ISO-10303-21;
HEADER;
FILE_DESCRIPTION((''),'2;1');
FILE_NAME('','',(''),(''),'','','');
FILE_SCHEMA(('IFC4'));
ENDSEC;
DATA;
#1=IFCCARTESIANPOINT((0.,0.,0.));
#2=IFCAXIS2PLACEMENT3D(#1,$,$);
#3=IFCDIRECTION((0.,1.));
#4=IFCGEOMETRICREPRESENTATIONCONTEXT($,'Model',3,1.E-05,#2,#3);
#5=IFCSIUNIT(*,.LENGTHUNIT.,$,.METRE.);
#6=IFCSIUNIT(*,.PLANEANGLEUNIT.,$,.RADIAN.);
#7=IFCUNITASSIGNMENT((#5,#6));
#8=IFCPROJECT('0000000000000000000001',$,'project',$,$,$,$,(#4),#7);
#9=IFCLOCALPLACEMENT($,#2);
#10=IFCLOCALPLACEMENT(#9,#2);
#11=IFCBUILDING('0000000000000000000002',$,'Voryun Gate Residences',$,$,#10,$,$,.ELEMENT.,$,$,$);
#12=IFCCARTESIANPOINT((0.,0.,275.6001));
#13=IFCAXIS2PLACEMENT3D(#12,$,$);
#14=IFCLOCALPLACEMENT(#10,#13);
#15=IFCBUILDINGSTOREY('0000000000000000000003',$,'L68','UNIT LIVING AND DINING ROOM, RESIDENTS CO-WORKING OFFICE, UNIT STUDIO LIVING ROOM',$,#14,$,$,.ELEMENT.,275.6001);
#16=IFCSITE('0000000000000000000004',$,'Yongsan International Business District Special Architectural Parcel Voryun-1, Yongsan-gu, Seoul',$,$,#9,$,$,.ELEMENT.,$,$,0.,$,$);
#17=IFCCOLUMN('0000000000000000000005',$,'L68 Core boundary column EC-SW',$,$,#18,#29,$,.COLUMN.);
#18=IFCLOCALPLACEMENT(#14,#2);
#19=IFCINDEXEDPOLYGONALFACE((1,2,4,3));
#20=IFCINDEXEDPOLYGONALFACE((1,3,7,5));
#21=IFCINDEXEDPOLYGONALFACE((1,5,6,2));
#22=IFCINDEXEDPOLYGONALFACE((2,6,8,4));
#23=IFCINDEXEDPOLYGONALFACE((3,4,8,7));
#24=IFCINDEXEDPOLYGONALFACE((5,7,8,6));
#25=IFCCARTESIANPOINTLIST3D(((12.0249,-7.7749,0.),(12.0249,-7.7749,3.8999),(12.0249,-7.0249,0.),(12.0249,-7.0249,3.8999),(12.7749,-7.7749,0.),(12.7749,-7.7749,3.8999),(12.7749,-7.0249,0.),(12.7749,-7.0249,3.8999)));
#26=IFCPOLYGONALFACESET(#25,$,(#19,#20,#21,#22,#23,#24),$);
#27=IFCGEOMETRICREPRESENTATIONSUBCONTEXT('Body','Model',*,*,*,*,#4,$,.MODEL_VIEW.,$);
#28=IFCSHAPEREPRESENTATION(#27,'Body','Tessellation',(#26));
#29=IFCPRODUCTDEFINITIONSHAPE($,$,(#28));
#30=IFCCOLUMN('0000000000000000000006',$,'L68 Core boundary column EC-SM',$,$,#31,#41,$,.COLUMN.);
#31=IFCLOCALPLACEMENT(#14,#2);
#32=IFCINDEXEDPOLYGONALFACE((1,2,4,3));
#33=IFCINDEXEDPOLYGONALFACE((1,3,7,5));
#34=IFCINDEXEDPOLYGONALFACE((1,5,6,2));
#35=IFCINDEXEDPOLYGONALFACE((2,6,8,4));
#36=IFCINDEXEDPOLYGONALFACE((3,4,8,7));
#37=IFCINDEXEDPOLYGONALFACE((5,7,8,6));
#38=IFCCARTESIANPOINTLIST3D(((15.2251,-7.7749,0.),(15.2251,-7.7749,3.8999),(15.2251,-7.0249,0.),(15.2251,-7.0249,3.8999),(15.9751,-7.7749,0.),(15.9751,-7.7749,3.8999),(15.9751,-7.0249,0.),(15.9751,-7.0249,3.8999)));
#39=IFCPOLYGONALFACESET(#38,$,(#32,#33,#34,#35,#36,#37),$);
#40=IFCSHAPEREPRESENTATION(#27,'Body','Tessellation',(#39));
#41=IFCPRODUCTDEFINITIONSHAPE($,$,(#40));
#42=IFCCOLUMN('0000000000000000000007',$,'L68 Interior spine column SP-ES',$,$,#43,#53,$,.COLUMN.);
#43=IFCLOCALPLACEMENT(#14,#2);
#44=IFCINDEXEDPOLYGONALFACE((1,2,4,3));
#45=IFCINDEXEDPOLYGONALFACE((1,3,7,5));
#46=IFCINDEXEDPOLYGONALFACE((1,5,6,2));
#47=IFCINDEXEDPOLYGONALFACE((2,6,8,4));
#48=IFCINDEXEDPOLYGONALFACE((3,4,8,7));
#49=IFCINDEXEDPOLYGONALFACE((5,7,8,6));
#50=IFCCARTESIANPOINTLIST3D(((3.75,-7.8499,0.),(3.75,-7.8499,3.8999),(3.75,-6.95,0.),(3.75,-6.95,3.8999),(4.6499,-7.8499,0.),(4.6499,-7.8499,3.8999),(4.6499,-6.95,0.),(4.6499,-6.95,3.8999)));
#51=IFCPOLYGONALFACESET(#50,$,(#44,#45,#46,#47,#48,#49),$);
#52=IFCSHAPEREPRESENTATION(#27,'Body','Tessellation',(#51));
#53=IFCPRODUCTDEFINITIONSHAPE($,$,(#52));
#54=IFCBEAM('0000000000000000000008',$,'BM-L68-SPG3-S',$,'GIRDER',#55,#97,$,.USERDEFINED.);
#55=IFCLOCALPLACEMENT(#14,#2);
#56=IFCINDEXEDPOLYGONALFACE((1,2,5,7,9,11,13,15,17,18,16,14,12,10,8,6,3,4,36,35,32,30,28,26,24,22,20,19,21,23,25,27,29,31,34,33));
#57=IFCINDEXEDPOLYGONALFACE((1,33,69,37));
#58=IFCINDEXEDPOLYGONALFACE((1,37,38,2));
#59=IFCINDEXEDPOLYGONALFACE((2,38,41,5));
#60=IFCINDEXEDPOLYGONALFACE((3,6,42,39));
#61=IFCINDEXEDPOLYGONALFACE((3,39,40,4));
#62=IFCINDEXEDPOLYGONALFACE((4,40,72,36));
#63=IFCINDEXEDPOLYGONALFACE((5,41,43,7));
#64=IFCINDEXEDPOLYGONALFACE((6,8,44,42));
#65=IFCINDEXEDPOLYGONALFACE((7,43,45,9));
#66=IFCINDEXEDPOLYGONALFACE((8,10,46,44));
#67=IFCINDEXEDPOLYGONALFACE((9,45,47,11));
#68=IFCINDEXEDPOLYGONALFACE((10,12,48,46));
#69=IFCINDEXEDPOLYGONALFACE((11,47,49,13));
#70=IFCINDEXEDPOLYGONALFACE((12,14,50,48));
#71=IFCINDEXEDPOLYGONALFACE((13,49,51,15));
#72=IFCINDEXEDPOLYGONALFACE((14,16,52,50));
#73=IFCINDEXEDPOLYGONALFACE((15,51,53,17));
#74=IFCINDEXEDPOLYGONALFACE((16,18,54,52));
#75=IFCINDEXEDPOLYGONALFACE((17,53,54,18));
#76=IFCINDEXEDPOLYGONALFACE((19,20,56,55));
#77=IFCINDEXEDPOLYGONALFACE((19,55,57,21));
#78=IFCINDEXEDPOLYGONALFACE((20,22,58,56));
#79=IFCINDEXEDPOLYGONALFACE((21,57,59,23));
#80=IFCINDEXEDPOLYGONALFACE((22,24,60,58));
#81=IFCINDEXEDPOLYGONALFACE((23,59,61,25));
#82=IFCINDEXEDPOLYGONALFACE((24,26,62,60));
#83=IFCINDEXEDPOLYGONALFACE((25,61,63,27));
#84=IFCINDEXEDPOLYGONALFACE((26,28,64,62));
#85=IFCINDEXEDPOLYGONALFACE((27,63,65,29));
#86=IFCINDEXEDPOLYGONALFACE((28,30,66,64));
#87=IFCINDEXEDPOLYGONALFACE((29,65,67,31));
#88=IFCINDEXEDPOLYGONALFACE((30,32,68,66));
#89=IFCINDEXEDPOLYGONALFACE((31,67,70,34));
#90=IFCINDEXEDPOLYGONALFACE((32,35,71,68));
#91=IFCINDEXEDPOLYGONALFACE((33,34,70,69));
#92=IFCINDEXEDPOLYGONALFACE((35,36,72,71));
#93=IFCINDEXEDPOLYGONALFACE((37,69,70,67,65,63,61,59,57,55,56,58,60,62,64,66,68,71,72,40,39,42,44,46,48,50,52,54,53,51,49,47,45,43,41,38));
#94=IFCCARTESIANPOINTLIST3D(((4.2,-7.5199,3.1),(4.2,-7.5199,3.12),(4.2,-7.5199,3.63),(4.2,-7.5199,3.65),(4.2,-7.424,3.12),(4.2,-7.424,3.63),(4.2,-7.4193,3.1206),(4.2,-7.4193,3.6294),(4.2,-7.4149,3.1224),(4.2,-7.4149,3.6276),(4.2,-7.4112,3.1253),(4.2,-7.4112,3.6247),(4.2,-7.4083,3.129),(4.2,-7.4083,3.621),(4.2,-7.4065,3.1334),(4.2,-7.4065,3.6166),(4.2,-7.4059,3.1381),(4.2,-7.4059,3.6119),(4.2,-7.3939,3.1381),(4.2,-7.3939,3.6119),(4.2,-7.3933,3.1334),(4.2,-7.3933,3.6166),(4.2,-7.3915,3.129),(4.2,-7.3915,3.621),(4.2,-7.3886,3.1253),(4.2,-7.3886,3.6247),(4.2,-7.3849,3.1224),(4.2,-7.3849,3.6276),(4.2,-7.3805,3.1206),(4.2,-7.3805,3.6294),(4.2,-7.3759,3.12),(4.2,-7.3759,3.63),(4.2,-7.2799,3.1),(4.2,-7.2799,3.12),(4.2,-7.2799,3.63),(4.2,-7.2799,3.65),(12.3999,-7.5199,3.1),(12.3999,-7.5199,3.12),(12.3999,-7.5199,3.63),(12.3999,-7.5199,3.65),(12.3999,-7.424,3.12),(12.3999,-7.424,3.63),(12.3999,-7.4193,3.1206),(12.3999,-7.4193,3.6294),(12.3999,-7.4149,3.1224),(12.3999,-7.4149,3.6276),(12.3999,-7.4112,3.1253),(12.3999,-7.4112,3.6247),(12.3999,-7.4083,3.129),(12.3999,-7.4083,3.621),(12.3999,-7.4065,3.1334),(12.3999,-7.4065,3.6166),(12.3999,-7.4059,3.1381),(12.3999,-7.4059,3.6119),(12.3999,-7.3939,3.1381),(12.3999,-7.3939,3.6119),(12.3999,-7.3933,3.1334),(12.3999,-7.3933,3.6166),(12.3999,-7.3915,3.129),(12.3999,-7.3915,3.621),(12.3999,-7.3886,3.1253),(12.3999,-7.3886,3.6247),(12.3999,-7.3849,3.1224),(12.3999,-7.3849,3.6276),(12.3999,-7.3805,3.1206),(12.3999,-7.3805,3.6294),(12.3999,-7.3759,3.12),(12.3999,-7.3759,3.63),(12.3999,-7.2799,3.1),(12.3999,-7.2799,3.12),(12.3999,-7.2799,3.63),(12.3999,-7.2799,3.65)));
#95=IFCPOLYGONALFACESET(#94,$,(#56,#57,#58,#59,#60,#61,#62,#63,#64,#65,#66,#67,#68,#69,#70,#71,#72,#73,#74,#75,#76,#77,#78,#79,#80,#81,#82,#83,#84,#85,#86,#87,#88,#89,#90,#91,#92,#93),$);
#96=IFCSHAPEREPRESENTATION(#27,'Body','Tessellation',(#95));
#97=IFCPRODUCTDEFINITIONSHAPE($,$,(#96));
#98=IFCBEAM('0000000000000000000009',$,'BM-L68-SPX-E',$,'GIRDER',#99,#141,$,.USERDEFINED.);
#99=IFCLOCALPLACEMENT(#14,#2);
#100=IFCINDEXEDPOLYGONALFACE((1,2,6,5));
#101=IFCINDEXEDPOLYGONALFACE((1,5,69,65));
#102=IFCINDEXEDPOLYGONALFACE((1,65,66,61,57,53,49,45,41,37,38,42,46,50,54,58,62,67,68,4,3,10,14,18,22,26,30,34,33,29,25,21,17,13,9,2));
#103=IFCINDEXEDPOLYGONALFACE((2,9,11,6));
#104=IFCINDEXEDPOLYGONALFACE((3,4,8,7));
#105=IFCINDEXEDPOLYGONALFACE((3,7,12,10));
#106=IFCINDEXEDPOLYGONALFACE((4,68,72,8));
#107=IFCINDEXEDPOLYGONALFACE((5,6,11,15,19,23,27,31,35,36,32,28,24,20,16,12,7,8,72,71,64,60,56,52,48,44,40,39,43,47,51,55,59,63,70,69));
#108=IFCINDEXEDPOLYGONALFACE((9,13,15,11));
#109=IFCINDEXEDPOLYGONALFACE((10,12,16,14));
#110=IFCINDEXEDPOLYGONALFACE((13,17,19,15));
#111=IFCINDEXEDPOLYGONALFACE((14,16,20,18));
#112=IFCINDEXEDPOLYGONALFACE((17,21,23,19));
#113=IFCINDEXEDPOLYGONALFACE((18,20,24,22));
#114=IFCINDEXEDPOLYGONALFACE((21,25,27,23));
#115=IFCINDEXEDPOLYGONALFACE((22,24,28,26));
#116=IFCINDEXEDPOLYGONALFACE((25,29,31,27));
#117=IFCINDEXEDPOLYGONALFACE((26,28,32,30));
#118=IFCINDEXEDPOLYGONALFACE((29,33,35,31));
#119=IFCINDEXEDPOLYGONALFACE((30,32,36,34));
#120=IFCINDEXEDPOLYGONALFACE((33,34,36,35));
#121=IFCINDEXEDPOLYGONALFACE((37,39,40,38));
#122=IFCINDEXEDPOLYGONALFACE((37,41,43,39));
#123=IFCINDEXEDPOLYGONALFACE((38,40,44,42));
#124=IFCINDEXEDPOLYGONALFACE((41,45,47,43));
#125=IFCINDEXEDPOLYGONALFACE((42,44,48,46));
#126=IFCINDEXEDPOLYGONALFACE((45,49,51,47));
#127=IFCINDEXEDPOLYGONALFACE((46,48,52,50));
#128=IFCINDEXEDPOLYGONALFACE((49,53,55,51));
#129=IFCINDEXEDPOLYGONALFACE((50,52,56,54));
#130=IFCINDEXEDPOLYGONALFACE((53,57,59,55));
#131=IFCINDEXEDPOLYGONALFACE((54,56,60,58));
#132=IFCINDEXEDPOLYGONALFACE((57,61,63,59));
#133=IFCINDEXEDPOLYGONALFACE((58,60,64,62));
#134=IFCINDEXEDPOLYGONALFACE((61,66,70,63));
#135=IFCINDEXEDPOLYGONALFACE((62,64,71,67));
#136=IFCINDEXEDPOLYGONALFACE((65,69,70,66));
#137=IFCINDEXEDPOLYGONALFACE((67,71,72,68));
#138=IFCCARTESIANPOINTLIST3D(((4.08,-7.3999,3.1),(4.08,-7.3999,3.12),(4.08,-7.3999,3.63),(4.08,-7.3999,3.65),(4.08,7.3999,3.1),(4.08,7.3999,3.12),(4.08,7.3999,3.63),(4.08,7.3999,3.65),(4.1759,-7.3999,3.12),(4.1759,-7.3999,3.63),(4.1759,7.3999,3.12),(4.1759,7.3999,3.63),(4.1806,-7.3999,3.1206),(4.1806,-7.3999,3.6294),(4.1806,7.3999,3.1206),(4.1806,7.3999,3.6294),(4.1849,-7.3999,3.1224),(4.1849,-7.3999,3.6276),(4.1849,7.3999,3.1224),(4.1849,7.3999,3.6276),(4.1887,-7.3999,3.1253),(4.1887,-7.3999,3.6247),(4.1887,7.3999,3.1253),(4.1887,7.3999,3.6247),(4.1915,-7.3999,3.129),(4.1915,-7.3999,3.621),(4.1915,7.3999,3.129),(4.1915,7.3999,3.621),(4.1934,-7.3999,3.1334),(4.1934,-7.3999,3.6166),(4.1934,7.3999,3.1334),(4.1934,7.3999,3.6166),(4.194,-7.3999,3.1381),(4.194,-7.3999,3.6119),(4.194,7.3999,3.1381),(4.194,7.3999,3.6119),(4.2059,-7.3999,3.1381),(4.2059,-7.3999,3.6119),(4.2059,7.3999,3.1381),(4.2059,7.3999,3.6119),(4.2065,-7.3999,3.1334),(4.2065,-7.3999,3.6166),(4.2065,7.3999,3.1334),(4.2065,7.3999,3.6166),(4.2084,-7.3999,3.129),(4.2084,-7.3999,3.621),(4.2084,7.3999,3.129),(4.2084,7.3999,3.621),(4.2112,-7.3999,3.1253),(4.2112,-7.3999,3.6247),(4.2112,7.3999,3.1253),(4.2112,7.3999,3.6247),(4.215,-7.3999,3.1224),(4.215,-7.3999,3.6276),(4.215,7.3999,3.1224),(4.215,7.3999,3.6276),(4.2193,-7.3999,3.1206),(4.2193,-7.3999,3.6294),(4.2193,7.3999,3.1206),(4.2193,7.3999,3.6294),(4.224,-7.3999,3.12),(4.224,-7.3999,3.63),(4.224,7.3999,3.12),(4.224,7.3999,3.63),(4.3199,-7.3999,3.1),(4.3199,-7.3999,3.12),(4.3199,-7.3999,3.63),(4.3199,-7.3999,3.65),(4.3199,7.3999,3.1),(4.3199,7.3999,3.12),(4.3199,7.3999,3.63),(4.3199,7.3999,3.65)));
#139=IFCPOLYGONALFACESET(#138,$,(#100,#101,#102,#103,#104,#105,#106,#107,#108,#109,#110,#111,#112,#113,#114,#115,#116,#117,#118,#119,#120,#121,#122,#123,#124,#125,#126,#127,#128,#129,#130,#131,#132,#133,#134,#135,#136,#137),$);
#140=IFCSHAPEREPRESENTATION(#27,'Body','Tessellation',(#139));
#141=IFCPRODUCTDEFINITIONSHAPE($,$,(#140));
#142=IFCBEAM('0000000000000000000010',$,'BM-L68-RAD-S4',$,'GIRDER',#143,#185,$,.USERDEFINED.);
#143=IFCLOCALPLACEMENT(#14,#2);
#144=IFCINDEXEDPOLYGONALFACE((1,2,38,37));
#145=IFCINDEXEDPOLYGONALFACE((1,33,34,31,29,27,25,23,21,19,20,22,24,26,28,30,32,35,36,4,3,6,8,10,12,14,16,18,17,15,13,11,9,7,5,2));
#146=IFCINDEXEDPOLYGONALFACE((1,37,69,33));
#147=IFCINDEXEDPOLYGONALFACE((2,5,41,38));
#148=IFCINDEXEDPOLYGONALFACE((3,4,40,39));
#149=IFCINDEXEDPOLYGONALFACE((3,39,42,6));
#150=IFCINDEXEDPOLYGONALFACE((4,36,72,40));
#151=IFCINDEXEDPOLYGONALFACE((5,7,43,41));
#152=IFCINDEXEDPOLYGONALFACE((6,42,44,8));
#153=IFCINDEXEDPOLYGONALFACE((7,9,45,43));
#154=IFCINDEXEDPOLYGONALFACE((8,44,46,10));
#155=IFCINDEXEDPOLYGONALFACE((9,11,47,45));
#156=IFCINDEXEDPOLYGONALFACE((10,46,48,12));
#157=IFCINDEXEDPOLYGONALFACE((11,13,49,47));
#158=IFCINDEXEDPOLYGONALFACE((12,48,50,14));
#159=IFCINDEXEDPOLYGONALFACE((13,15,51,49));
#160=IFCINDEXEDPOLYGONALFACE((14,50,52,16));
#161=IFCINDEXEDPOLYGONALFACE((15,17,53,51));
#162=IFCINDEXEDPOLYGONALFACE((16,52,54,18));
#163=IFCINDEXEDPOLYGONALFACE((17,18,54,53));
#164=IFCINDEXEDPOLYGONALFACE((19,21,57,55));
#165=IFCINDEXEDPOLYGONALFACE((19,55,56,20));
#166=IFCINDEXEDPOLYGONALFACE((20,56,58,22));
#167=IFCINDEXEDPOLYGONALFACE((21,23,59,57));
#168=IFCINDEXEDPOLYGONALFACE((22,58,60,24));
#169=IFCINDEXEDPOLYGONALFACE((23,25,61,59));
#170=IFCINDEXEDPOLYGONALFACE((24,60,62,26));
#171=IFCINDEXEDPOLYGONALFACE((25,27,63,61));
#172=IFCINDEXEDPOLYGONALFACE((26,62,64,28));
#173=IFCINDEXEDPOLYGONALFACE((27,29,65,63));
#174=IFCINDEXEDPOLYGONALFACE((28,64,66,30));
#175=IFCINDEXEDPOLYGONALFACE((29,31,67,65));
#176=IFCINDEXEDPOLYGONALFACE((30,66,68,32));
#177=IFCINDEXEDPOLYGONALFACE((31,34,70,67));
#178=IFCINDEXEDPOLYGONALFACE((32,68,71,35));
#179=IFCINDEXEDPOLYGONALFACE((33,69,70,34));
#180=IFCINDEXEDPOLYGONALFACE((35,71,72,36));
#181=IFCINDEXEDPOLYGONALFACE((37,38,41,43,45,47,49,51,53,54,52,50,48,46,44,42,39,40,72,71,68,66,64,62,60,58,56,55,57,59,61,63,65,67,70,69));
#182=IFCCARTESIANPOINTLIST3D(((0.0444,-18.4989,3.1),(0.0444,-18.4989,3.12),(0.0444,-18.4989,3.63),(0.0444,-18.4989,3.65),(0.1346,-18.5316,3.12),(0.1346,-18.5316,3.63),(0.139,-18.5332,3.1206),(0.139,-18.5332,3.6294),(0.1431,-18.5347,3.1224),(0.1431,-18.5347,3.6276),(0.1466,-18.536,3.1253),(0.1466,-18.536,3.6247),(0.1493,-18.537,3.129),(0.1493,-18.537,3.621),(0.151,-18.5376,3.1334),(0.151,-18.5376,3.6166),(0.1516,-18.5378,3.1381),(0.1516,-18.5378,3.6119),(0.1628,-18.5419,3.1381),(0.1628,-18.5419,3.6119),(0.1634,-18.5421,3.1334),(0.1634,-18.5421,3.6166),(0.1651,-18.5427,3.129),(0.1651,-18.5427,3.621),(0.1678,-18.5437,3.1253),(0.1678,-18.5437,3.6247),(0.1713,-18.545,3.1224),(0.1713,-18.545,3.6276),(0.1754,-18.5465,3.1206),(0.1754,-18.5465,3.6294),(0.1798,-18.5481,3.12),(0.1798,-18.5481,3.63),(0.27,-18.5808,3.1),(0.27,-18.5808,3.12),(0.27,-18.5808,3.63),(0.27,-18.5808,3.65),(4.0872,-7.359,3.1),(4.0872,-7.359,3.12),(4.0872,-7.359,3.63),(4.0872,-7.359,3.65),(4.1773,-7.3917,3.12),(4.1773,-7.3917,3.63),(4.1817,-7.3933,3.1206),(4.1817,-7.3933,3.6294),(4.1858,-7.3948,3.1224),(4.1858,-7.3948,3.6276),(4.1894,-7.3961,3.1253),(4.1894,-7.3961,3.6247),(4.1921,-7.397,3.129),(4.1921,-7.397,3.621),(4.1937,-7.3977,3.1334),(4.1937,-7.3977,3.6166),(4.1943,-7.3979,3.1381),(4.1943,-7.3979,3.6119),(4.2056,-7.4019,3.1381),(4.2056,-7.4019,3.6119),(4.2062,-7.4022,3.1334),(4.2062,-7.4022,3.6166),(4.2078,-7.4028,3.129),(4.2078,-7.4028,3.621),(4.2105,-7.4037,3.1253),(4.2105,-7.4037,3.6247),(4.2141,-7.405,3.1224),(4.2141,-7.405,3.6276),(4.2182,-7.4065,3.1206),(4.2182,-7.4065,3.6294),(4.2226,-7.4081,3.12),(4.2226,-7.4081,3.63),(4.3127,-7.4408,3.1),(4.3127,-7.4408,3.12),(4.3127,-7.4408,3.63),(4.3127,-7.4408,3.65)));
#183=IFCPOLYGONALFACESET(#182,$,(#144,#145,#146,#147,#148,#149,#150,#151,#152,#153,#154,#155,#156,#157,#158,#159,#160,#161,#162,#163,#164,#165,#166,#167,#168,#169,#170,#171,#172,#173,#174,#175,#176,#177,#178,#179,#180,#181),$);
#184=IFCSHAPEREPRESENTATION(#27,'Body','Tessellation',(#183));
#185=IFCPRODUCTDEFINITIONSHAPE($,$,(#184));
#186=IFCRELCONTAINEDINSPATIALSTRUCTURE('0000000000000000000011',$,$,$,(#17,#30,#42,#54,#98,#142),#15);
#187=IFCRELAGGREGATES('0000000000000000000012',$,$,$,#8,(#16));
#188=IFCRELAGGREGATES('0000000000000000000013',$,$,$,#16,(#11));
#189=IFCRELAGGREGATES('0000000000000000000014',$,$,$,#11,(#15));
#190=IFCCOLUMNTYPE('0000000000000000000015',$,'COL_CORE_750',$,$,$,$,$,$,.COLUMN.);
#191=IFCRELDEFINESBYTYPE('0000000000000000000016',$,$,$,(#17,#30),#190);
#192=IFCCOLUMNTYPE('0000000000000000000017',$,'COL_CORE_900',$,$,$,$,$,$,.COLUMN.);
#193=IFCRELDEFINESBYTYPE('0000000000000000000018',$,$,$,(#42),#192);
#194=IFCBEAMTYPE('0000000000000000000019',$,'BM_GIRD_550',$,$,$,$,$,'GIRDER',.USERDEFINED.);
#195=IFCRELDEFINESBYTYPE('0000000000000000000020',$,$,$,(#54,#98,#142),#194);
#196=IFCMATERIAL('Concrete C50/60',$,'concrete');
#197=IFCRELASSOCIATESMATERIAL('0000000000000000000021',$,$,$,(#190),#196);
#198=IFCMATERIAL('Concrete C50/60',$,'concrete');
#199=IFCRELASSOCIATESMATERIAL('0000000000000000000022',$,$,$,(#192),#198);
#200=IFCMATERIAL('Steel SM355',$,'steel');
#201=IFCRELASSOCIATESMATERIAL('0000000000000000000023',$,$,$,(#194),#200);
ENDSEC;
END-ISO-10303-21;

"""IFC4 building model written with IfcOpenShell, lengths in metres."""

from ifc_helpers import new_model, si_unit, direction, frame, origin, origin_2d, place, context, subcontext, project, spatial, rectangle, i_section, extrude, material, material_profile, profile_set, type_object, element, save


model = new_model("IFC4")

# Units and contexts
model_context = context("Model", 3, precision=1e-05, world=origin(), true_north=direction((0.0, 1.0)))
body_context = subcontext(model_context, "Body", "Model", "MODEL_VIEW")
ifc_project = project(units=[si_unit("LENGTHUNIT", "METRE"), si_unit("PLANEANGLEUNIT", "RADIAN")], contexts=[model_context])

# Site, building, storey
site_placement = place(None, origin())
site = spatial("IfcSite", under=ifc_project, at=site_placement, Name="Yongsan International Business District Special Architectural Parcel Voryun-1, Yongsan-gu, Seoul", CompositionType="ELEMENT", RefElevation=0.0)
building_placement = place(site_placement, origin())
building = spatial("IfcBuilding", under=site, at=building_placement, Name="Voryun Gate Residences", CompositionType="ELEMENT")
storey_placement = place(building_placement, frame((0.0, 0.0, 275.6001)))
storey = spatial("IfcBuildingStorey", under=building, at=storey_placement, Name="L68", Description="UNIT LIVING AND DINING ROOM, RESIDENTS CO-WORKING OFFICE, UNIT STUDIO LIVING ROOM", CompositionType="ELEMENT", Elevation=275.6001)

# Columns
ifc_material_1 = material(Name="Concrete C50/60", Category="concrete")
ifc_material_profile_1 = material_profile(ifc_material_1, rectangle(XDim=0.75, YDim=0.75, at=origin_2d()), Name="RC-750x750")
ifc_profile_set_1 = profile_set([ifc_material_profile_1], Name="Concrete C50/60")
column_type_1 = type_object("IfcColumnType", Name="COL_CORE_750", PredefinedType="COLUMN", material=ifc_profile_set_1)
for number, where, z_axis, x_axis, name in (
    (1, (12.3999, -7.3999, 0.0), (0.0, 0.0, 1.0), (1.0, 0.0, 0.0), "L68 Core boundary column EC-SW"),
    (2, (15.6001, -7.3999, 0.0), (0.0, 0.0, 1.0), (1.0, 0.0, 0.0), "L68 Core boundary column EC-SM"),
):
    element("IfcColumn", number, at=place(storey_placement, frame(where, z_axis=z_axis, x_axis=x_axis)), inside=storey, type_object=column_type_1, Name=name, PredefinedType="COLUMN", context=body_context, shape_type="SweptSolid", body=[
        extrude(rectangle(XDim=0.75, YDim=0.75, at=origin_2d()), origin(), (0.0, 0.0, 1.0), 3.8999),
    ])
ifc_material_2 = material(Name="Concrete C50/60", Category="concrete")
ifc_material_profile_2 = material_profile(ifc_material_2, rectangle(XDim=0.8999, YDim=0.8999, at=origin_2d()), Name="RC-900x900")
ifc_profile_set_2 = profile_set([ifc_material_profile_2], Name="Concrete C50/60")
column_type_2 = type_object("IfcColumnType", Name="COL_CORE_900", PredefinedType="COLUMN", material=ifc_profile_set_2)
column_placement = place(storey_placement, frame((4.2, -7.3999, 0.0), z_axis=(0.0, 0.0, 1.0), x_axis=(1.0, 0.0, 0.0)))
element("IfcColumn", 3, at=column_placement, inside=storey, type_object=column_type_2, Name="L68 Interior spine column SP-ES", PredefinedType="COLUMN", context=body_context, shape_type="SweptSolid", body=[
    extrude(rectangle(XDim=0.8999, YDim=0.8999, at=origin_2d()), origin(), (0.0, 0.0, 1.0), 3.8999),
])

# Beams
ifc_material_3 = material(Name="Steel SM355", Category="steel")
ifc_material_profile_3 = material_profile(ifc_material_3, i_section(OverallWidth=0.24, OverallDepth=0.55, WebThickness=0.012, FlangeThickness=0.02, FilletRadius=0.0181, at=origin_2d()), Name="H-550x240x12x20")
ifc_profile_set_3 = profile_set([ifc_material_profile_3], Name="Steel SM355")
beam_type_1 = type_object("IfcBeamType", Name="BM_GIRD_550", ElementType="GIRDER", PredefinedType="USERDEFINED", material=ifc_profile_set_3)
beam_1_placement = place(storey_placement, frame((4.2, -7.3999, 3.375), z_axis=(1.0, 0.0, 0.0), x_axis=(0.0, 1.0, 0.0)))
element("IfcBeam", 4, at=beam_1_placement, inside=storey, type_object=beam_type_1, Name="BM-L68-SPG3-S", ObjectType="GIRDER", PredefinedType="USERDEFINED", context=body_context, shape_type="SweptSolid", body=[
    extrude(i_section(OverallWidth=0.24, OverallDepth=0.55, WebThickness=0.012, FlangeThickness=0.02, FilletRadius=0.0181, at=origin_2d()), origin(), (0.0, 0.0, 1.0), 8.2),
])
beam_2_placement = place(storey_placement, frame((4.2, -7.3999, 3.375), z_axis=(0.0, 1.0, 0.0), x_axis=(-1.0, 0.0, 0.0)))
element("IfcBeam", 5, at=beam_2_placement, inside=storey, type_object=beam_type_1, Name="BM-L68-SPX-E", ObjectType="GIRDER", PredefinedType="USERDEFINED", context=body_context, shape_type="SweptSolid", body=[
    extrude(i_section(OverallWidth=0.24, OverallDepth=0.55, WebThickness=0.012, FlangeThickness=0.02, FilletRadius=0.0181, at=origin_2d()), origin(), (0.0, 0.0, 1.0), 14.7998),
])
beam_3_placement = place(storey_placement, frame((4.2, -7.3999, 3.375), z_axis=(-0.341136, -0.940014, 0.0), x_axis=(0.940014, -0.341136, 0.0)))
element("IfcBeam", 6, at=beam_3_placement, inside=storey, type_object=beam_type_1, Name="BM-L68-RAD-S4", ObjectType="GIRDER", PredefinedType="USERDEFINED", context=body_context, shape_type="SweptSolid", body=[
    extrude(i_section(OverallWidth=0.24, OverallDepth=0.55, WebThickness=0.012, FlangeThickness=0.02, FilletRadius=0.0181, at=origin_2d()), origin(), (0.0, 0.0, 1.0), 11.8508),
])

save(model, "model.ifc")
